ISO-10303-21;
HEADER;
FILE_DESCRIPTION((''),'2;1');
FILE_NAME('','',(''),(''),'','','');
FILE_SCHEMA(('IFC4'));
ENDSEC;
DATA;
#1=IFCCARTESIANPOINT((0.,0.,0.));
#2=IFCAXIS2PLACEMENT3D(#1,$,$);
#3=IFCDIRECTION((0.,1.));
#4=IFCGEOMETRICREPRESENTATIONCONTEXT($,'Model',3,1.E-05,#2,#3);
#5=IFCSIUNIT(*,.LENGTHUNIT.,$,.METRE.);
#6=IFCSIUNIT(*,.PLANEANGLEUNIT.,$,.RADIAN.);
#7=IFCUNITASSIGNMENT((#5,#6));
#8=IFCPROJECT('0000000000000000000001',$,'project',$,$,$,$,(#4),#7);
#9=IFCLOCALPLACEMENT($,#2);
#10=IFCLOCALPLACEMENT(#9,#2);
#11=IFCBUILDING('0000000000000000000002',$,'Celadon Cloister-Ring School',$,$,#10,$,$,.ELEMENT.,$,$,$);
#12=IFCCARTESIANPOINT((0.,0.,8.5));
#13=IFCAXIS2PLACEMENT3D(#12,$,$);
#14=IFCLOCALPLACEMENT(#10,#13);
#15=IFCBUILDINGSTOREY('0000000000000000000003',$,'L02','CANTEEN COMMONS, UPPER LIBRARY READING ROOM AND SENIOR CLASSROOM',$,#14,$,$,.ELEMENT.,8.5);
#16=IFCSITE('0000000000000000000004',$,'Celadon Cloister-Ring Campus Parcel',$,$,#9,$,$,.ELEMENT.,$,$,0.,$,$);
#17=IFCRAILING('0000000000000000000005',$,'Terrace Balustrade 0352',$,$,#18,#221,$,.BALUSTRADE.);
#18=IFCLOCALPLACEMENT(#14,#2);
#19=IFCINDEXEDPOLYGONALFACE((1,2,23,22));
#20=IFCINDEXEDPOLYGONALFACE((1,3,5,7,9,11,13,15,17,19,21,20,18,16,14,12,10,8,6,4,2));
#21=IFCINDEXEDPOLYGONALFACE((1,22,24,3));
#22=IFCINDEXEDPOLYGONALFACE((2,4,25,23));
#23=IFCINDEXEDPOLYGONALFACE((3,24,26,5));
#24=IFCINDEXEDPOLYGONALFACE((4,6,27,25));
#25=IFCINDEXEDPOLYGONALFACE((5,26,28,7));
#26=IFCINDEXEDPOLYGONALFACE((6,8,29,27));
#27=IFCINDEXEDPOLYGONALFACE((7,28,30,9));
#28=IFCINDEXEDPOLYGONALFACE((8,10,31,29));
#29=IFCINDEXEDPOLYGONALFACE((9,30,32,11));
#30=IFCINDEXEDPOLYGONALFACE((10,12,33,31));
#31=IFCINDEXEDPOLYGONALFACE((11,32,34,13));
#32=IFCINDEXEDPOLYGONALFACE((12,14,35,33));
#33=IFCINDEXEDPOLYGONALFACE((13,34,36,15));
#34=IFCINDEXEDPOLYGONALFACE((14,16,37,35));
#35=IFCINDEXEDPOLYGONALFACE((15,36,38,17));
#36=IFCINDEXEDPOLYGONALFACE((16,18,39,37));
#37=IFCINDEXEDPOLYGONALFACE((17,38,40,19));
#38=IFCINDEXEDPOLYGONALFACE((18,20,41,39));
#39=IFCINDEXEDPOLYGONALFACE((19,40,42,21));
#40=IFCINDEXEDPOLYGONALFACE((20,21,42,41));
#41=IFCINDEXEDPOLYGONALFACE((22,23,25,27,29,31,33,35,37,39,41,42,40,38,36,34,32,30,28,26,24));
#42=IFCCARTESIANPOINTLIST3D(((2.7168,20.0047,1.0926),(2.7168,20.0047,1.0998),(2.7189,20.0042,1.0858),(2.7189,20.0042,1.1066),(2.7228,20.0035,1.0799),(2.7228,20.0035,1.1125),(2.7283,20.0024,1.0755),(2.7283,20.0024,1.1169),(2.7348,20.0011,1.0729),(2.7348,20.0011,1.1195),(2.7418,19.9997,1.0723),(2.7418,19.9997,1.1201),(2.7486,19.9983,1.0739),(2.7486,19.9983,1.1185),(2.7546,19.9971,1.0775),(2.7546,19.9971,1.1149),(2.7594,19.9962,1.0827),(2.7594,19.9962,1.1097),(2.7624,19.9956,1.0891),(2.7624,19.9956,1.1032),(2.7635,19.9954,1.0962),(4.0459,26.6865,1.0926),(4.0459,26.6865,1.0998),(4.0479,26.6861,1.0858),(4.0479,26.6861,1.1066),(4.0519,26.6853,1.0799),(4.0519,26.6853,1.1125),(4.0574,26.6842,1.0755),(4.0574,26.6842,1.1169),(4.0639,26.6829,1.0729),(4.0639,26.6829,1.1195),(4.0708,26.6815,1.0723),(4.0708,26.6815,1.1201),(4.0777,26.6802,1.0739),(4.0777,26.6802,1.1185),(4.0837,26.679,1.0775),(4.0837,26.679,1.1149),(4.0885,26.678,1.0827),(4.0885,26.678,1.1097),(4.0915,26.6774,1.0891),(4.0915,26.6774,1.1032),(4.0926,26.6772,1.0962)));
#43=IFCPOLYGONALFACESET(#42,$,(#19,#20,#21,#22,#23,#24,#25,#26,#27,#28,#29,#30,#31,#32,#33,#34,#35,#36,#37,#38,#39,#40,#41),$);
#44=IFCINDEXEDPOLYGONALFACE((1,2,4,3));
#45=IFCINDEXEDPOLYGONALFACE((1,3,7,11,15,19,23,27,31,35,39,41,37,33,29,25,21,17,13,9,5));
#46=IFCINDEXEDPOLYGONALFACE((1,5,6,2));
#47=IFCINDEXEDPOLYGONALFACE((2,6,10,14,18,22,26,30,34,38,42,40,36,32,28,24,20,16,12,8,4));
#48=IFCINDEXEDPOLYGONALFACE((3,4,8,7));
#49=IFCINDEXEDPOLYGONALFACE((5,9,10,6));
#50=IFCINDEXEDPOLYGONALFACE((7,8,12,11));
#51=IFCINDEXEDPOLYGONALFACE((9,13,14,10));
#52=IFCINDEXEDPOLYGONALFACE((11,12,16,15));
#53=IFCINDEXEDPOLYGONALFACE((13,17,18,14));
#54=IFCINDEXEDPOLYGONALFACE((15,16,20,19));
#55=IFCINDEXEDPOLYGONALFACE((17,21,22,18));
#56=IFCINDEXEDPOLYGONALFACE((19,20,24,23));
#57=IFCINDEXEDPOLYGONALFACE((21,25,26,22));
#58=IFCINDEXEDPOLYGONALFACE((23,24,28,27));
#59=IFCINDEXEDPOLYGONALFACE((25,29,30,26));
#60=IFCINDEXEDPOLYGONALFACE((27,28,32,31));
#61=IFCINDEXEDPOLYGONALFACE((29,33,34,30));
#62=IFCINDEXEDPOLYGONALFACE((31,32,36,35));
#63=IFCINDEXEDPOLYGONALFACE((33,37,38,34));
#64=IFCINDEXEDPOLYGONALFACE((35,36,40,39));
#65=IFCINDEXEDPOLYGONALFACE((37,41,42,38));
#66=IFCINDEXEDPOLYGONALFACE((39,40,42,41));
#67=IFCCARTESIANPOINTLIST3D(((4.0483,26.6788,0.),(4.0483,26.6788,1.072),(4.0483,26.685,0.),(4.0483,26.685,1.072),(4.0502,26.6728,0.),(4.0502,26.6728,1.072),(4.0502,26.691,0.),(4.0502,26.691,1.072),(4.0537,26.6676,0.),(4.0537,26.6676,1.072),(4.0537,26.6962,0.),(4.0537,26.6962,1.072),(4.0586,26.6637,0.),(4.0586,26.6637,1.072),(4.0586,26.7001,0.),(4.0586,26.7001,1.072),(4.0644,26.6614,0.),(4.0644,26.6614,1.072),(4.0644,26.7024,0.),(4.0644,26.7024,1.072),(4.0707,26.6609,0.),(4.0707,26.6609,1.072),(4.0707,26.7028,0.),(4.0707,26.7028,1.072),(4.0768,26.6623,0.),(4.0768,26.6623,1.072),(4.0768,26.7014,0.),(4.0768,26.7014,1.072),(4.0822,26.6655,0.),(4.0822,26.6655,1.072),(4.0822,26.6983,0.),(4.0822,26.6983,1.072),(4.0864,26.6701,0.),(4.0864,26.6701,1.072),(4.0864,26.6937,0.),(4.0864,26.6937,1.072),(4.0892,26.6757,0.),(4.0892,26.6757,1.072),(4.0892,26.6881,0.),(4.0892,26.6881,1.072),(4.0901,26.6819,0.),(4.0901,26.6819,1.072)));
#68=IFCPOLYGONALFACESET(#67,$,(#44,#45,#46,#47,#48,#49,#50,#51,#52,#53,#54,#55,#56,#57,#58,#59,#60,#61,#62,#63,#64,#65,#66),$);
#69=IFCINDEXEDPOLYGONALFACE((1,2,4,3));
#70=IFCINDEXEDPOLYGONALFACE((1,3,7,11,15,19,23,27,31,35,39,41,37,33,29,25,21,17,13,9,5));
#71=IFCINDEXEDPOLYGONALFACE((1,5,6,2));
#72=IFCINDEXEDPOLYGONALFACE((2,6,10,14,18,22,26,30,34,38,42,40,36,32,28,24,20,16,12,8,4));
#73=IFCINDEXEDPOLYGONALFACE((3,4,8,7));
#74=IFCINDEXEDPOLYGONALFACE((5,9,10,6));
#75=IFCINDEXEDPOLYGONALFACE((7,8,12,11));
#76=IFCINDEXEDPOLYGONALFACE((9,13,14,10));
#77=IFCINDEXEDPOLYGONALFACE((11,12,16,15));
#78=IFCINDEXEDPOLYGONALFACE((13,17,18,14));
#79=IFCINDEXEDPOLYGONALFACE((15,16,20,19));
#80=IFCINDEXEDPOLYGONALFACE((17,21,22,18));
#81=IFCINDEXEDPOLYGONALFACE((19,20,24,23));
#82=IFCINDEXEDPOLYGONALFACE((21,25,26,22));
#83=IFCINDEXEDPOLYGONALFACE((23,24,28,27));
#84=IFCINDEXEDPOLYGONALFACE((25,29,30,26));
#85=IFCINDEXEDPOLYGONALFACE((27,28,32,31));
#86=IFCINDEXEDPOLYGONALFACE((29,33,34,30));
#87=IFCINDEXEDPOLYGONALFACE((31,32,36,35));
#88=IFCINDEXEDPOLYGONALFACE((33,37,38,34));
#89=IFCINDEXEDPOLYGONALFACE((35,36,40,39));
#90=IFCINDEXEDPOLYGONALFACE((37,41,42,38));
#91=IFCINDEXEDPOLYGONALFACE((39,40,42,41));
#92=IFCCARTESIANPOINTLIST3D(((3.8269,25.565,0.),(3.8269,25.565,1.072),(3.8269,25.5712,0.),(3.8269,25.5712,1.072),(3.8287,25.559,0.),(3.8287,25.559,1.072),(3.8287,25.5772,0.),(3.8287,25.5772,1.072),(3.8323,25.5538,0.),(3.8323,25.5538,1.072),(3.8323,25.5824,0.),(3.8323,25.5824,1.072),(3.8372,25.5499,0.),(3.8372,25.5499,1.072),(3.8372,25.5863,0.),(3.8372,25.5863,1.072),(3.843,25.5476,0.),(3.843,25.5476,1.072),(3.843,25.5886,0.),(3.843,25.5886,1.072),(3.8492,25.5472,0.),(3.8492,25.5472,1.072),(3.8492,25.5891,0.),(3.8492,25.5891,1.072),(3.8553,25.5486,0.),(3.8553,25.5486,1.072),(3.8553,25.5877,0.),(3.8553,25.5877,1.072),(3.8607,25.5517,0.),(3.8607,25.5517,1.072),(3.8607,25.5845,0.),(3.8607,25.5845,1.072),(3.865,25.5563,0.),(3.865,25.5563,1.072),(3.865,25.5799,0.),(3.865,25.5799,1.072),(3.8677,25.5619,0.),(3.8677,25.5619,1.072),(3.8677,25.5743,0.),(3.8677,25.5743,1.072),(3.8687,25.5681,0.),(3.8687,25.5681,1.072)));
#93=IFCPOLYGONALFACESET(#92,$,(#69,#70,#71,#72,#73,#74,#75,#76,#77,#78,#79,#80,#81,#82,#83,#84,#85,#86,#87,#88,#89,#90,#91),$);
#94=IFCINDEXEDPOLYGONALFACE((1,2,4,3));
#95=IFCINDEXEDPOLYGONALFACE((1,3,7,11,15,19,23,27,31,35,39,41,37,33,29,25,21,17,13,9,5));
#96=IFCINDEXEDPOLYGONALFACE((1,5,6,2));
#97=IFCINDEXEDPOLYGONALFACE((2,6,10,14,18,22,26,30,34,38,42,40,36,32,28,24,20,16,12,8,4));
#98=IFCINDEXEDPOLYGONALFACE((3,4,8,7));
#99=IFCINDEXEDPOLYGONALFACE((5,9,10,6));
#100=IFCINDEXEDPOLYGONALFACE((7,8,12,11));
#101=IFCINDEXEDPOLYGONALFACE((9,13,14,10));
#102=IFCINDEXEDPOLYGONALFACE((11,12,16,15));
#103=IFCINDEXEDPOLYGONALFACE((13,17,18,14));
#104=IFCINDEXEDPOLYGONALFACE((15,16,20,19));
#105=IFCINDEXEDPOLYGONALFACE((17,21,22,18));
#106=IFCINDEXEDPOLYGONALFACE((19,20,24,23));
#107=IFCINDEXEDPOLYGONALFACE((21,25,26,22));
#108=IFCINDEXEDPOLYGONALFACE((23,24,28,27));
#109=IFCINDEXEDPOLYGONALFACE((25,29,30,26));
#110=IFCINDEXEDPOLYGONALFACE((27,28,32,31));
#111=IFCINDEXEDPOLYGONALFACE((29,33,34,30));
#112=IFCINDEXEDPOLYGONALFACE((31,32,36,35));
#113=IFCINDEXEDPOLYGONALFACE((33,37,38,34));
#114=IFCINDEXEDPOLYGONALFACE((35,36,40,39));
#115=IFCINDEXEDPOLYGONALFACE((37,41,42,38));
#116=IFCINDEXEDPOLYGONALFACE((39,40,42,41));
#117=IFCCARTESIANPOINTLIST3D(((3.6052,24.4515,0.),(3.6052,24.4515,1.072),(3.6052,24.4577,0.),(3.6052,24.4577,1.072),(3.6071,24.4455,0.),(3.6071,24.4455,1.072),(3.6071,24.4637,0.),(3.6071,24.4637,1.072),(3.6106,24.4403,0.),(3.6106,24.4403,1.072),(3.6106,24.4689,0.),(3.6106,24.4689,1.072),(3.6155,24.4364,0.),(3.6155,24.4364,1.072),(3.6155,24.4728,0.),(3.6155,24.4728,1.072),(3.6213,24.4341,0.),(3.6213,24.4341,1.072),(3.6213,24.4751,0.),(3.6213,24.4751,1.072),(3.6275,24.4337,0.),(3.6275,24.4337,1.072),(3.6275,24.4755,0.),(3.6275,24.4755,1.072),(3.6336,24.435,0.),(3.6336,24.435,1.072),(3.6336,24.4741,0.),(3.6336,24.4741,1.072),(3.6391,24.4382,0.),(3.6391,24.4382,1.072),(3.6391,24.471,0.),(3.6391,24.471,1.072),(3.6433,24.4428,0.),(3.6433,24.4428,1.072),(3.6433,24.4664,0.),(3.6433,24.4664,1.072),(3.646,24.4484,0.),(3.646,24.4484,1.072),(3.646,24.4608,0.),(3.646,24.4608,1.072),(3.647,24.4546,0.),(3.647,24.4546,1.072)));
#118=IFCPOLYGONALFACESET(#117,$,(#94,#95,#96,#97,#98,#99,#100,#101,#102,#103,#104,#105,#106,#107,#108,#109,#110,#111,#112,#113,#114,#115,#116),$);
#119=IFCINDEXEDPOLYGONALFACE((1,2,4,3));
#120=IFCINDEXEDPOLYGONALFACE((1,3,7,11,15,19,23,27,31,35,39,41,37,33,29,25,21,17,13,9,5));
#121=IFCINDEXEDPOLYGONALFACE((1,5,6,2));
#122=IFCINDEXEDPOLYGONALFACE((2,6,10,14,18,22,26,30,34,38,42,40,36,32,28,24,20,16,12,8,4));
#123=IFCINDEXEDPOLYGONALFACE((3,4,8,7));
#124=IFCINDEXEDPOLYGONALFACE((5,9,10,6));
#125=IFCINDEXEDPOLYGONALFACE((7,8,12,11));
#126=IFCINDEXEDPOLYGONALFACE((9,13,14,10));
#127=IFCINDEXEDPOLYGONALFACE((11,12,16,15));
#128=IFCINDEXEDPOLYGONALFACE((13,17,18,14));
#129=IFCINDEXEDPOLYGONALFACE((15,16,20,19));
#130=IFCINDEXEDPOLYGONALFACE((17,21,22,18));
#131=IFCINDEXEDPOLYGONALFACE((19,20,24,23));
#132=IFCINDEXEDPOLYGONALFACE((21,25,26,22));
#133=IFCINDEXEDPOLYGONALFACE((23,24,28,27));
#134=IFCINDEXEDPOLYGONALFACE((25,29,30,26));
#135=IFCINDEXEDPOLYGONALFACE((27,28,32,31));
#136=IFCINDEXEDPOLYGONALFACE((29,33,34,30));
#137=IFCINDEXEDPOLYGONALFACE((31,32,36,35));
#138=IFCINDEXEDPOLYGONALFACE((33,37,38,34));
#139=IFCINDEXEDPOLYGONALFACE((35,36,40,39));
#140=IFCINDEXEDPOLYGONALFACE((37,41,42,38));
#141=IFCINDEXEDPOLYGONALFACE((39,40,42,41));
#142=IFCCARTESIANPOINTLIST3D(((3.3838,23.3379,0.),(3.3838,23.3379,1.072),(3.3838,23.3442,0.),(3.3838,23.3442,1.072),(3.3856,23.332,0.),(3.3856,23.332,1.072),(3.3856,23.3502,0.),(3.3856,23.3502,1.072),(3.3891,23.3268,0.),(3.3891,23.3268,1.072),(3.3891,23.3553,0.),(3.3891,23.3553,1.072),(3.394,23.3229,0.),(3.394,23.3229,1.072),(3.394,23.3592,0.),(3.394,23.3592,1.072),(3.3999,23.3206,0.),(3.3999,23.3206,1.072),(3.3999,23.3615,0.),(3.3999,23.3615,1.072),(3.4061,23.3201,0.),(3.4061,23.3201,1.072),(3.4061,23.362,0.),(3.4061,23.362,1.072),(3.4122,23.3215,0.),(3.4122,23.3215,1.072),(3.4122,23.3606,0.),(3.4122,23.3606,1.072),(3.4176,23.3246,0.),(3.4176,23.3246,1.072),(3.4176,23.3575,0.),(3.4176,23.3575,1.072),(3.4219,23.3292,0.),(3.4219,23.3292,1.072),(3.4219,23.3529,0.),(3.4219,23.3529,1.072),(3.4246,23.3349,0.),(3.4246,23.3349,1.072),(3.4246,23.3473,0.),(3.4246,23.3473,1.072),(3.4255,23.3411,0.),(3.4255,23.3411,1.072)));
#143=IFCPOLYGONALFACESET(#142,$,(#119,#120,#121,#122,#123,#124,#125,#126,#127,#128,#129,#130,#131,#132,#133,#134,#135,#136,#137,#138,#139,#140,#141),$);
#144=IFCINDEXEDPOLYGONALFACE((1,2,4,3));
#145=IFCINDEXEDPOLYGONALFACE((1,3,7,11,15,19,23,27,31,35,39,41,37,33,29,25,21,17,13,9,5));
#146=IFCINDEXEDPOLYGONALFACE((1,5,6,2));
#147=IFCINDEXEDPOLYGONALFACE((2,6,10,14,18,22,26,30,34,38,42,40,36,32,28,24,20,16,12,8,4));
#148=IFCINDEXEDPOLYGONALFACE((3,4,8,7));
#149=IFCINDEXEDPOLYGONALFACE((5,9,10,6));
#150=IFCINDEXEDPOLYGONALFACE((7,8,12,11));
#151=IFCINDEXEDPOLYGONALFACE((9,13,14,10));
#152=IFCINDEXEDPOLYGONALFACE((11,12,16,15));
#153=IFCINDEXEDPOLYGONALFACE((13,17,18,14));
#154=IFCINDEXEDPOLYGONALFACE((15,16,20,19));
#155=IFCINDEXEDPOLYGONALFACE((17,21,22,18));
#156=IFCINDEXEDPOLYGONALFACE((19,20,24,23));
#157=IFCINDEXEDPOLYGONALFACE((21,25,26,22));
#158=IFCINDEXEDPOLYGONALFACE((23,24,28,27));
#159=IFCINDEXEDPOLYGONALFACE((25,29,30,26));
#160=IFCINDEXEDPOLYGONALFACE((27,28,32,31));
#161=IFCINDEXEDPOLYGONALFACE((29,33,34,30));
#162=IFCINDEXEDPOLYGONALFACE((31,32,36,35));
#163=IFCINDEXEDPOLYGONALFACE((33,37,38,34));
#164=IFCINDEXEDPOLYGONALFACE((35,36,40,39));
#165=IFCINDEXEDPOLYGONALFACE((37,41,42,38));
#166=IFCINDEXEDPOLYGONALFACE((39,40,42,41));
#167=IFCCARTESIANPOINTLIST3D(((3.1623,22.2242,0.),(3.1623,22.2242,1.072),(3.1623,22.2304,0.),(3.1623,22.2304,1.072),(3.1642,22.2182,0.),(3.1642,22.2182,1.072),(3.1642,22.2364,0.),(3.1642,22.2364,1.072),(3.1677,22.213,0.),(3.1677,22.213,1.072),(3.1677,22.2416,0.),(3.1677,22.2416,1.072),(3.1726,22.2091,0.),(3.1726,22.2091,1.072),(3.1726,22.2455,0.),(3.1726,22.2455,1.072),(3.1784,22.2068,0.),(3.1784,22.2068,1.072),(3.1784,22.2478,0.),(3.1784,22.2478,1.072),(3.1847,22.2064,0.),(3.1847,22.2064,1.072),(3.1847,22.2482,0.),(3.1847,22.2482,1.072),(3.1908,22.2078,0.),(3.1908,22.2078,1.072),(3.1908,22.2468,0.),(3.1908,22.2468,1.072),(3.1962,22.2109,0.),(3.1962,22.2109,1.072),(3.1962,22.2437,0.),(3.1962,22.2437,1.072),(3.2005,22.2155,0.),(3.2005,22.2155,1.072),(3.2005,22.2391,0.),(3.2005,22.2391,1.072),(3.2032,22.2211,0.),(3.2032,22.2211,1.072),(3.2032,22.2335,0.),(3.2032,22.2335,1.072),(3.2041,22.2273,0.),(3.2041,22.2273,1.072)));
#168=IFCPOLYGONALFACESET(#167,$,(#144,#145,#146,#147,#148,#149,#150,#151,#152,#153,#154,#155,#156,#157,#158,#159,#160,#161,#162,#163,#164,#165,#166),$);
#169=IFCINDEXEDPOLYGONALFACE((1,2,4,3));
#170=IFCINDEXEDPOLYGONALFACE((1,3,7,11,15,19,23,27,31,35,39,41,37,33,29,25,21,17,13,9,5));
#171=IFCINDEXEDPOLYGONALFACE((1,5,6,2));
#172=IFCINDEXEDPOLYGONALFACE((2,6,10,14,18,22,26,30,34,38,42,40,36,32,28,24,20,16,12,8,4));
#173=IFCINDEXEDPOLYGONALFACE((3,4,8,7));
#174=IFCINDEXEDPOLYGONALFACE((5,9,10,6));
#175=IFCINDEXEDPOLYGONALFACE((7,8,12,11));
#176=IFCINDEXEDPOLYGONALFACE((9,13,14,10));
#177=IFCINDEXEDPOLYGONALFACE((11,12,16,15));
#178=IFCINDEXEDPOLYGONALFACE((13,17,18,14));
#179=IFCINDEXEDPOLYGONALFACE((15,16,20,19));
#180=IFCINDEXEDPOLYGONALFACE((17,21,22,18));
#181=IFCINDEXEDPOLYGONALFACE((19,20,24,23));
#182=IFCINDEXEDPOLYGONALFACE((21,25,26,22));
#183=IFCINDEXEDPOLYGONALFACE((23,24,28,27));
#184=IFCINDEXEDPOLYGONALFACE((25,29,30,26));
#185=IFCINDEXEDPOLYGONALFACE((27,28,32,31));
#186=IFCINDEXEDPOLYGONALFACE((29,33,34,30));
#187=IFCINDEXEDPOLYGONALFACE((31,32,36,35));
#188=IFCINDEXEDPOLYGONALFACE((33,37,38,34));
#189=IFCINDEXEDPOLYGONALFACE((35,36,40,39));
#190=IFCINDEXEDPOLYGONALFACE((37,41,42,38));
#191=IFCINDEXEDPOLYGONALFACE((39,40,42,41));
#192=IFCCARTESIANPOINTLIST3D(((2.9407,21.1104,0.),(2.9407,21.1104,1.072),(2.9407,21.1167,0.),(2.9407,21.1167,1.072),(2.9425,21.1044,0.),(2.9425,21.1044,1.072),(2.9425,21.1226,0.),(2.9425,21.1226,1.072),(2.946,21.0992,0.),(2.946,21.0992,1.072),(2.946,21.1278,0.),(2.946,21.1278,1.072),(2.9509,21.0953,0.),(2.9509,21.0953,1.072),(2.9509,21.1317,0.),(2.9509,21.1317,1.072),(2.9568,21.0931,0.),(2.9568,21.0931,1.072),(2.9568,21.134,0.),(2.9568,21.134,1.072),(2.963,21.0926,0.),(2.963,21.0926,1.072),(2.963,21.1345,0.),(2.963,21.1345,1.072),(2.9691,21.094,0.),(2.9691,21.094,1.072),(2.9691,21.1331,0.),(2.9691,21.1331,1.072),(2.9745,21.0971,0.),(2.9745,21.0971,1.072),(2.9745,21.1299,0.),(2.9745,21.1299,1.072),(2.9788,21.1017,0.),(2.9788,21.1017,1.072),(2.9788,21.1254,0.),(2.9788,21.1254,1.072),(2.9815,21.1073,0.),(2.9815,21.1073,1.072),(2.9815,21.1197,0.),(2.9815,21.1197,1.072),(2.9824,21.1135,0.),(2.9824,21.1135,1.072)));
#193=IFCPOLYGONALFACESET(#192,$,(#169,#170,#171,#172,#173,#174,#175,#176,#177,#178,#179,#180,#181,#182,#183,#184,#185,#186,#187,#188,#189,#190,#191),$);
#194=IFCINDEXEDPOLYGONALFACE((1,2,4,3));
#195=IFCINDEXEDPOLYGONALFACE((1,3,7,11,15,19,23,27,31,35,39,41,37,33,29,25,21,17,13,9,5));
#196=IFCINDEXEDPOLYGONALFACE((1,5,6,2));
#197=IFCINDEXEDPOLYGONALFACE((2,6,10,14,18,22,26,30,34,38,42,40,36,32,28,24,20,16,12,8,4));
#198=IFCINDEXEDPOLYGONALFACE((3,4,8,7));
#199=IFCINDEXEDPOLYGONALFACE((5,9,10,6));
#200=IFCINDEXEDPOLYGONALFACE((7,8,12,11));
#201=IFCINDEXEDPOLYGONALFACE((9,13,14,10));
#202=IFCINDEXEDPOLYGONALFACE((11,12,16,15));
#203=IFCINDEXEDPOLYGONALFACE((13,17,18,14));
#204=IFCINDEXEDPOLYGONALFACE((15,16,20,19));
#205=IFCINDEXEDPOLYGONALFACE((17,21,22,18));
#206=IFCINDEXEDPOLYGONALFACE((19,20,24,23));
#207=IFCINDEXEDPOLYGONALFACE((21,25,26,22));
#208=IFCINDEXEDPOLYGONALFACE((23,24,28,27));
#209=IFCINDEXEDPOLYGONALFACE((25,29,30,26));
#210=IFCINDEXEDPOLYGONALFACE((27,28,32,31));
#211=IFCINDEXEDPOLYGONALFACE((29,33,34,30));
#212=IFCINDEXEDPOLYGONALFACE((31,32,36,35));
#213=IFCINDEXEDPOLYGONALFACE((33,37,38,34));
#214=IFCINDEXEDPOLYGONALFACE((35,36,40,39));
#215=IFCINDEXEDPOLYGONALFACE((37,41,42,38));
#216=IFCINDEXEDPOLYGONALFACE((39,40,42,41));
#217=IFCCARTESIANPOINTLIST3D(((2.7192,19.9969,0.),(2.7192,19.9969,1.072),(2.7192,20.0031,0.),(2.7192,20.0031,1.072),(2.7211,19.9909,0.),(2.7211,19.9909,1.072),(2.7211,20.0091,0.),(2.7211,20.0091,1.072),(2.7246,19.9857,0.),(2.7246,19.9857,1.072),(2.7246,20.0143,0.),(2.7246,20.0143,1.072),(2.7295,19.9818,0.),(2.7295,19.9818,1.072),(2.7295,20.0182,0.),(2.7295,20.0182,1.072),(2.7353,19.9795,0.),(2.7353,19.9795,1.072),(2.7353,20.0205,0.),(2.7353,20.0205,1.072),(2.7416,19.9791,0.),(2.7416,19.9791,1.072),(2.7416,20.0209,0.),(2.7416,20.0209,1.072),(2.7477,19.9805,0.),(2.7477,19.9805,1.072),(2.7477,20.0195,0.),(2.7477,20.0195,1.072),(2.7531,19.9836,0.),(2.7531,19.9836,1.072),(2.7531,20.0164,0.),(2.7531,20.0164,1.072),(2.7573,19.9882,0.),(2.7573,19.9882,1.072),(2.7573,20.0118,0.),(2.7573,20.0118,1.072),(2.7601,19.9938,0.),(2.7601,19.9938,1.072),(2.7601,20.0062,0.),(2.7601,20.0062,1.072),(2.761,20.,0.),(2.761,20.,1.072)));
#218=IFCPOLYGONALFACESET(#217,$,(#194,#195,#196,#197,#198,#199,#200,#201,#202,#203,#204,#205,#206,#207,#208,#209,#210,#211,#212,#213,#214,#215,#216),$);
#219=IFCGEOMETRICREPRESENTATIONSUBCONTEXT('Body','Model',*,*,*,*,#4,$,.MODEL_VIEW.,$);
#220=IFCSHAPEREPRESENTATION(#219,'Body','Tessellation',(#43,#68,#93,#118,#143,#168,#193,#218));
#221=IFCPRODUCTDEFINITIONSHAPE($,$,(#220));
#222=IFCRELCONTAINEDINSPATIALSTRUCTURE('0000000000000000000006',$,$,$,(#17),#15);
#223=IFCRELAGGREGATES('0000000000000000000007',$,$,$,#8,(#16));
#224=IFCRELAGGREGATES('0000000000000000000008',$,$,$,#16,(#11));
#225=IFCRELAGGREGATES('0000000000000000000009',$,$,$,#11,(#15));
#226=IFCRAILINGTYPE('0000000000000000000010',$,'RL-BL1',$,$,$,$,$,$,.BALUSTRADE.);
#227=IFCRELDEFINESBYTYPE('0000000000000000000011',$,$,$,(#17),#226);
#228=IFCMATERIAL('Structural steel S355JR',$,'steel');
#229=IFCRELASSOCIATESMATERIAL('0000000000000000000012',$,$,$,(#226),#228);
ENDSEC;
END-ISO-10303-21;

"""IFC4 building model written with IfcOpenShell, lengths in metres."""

from ifc_helpers import new_model, si_unit, direction, frame, origin, origin_2d, place, context, subcontext, project, spatial, circle, extrude, material, type_object, element, save


model = new_model("IFC4")

# Units and contexts
model_context = context("Model", 3, precision=1e-05, world=origin(), true_north=direction((0.0, 1.0)))
body_context = subcontext(model_context, "Body", "Model", "MODEL_VIEW")
ifc_project = project(units=[si_unit("LENGTHUNIT", "METRE"), si_unit("PLANEANGLEUNIT", "RADIAN")], contexts=[model_context])

# Site, building, storey
site_placement = place(None, origin())
site = spatial("IfcSite", under=ifc_project, at=site_placement, Name="Celadon Cloister-Ring Campus Parcel", CompositionType="ELEMENT", RefElevation=0.0)
building_placement = place(site_placement, origin())
building = spatial("IfcBuilding", under=site, at=building_placement, Name="Celadon Cloister-Ring School", CompositionType="ELEMENT")
storey_placement = place(building_placement, frame((0.0, 0.0, 8.5)))
storey = spatial("IfcBuildingStorey", under=building, at=storey_placement, Name="L02", Description="CANTEEN COMMONS, UPPER LIBRARY READING ROOM AND SENIOR CLASSROOM", CompositionType="ELEMENT", Elevation=8.5)

# Railing
ifc_material_1 = material(Name="Structural steel S355JR", Category="steel")
railing_type = type_object("IfcRailingType", Name="RL-BL1", PredefinedType="BALUSTRADE", material=ifc_material_1)
railing_1_placement = place(storey_placement, frame((4.0691, 26.6819, 0.0)))
element("IfcRailing", 1, at=railing_1_placement, inside=storey, type_object=railing_type, Name="Terrace Balustrade 0352", PredefinedType="BALUSTRADE", context=body_context, shape_type="SweptSolid", body=[
    extrude(circle(Radius=0.0239, at=origin_2d()), frame((0.0, 0.0, 1.0962), z_axis=(-0.195089, -0.980786, 0.0), x_axis=(0.980786, -0.195089, 0.0)), (0.0, 0.0, 1.0), 6.8127),
    extrude(circle(Radius=0.021, at=origin_2d()), origin(), (0.0, 0.0, 1.0), 1.072),
    extrude(circle(Radius=0.021, at=origin_2d()), frame((-0.2214, -1.1138, 0.0)), (0.0, 0.0, 1.0), 1.072),
    extrude(circle(Radius=0.021, at=origin_2d()), frame((-0.4431, -2.2273, 0.0)), (0.0, 0.0, 1.0), 1.072),
    extrude(circle(Radius=0.021, at=origin_2d()), frame((-0.6646, -3.3408, 0.0)), (0.0, 0.0, 1.0), 1.072),
    extrude(circle(Radius=0.021, at=origin_2d()), frame((-0.886, -4.4546, 0.0)), (0.0, 0.0, 1.0), 1.072),
    extrude(circle(Radius=0.021, at=origin_2d()), frame((-1.1077, -5.5684, 0.0)), (0.0, 0.0, 1.0), 1.072),
    extrude(circle(Radius=0.021, at=origin_2d()), frame((-1.3291, -6.6819, 0.0)), (0.0, 0.0, 1.0), 1.072),
])

save(model, "model.ifc")
